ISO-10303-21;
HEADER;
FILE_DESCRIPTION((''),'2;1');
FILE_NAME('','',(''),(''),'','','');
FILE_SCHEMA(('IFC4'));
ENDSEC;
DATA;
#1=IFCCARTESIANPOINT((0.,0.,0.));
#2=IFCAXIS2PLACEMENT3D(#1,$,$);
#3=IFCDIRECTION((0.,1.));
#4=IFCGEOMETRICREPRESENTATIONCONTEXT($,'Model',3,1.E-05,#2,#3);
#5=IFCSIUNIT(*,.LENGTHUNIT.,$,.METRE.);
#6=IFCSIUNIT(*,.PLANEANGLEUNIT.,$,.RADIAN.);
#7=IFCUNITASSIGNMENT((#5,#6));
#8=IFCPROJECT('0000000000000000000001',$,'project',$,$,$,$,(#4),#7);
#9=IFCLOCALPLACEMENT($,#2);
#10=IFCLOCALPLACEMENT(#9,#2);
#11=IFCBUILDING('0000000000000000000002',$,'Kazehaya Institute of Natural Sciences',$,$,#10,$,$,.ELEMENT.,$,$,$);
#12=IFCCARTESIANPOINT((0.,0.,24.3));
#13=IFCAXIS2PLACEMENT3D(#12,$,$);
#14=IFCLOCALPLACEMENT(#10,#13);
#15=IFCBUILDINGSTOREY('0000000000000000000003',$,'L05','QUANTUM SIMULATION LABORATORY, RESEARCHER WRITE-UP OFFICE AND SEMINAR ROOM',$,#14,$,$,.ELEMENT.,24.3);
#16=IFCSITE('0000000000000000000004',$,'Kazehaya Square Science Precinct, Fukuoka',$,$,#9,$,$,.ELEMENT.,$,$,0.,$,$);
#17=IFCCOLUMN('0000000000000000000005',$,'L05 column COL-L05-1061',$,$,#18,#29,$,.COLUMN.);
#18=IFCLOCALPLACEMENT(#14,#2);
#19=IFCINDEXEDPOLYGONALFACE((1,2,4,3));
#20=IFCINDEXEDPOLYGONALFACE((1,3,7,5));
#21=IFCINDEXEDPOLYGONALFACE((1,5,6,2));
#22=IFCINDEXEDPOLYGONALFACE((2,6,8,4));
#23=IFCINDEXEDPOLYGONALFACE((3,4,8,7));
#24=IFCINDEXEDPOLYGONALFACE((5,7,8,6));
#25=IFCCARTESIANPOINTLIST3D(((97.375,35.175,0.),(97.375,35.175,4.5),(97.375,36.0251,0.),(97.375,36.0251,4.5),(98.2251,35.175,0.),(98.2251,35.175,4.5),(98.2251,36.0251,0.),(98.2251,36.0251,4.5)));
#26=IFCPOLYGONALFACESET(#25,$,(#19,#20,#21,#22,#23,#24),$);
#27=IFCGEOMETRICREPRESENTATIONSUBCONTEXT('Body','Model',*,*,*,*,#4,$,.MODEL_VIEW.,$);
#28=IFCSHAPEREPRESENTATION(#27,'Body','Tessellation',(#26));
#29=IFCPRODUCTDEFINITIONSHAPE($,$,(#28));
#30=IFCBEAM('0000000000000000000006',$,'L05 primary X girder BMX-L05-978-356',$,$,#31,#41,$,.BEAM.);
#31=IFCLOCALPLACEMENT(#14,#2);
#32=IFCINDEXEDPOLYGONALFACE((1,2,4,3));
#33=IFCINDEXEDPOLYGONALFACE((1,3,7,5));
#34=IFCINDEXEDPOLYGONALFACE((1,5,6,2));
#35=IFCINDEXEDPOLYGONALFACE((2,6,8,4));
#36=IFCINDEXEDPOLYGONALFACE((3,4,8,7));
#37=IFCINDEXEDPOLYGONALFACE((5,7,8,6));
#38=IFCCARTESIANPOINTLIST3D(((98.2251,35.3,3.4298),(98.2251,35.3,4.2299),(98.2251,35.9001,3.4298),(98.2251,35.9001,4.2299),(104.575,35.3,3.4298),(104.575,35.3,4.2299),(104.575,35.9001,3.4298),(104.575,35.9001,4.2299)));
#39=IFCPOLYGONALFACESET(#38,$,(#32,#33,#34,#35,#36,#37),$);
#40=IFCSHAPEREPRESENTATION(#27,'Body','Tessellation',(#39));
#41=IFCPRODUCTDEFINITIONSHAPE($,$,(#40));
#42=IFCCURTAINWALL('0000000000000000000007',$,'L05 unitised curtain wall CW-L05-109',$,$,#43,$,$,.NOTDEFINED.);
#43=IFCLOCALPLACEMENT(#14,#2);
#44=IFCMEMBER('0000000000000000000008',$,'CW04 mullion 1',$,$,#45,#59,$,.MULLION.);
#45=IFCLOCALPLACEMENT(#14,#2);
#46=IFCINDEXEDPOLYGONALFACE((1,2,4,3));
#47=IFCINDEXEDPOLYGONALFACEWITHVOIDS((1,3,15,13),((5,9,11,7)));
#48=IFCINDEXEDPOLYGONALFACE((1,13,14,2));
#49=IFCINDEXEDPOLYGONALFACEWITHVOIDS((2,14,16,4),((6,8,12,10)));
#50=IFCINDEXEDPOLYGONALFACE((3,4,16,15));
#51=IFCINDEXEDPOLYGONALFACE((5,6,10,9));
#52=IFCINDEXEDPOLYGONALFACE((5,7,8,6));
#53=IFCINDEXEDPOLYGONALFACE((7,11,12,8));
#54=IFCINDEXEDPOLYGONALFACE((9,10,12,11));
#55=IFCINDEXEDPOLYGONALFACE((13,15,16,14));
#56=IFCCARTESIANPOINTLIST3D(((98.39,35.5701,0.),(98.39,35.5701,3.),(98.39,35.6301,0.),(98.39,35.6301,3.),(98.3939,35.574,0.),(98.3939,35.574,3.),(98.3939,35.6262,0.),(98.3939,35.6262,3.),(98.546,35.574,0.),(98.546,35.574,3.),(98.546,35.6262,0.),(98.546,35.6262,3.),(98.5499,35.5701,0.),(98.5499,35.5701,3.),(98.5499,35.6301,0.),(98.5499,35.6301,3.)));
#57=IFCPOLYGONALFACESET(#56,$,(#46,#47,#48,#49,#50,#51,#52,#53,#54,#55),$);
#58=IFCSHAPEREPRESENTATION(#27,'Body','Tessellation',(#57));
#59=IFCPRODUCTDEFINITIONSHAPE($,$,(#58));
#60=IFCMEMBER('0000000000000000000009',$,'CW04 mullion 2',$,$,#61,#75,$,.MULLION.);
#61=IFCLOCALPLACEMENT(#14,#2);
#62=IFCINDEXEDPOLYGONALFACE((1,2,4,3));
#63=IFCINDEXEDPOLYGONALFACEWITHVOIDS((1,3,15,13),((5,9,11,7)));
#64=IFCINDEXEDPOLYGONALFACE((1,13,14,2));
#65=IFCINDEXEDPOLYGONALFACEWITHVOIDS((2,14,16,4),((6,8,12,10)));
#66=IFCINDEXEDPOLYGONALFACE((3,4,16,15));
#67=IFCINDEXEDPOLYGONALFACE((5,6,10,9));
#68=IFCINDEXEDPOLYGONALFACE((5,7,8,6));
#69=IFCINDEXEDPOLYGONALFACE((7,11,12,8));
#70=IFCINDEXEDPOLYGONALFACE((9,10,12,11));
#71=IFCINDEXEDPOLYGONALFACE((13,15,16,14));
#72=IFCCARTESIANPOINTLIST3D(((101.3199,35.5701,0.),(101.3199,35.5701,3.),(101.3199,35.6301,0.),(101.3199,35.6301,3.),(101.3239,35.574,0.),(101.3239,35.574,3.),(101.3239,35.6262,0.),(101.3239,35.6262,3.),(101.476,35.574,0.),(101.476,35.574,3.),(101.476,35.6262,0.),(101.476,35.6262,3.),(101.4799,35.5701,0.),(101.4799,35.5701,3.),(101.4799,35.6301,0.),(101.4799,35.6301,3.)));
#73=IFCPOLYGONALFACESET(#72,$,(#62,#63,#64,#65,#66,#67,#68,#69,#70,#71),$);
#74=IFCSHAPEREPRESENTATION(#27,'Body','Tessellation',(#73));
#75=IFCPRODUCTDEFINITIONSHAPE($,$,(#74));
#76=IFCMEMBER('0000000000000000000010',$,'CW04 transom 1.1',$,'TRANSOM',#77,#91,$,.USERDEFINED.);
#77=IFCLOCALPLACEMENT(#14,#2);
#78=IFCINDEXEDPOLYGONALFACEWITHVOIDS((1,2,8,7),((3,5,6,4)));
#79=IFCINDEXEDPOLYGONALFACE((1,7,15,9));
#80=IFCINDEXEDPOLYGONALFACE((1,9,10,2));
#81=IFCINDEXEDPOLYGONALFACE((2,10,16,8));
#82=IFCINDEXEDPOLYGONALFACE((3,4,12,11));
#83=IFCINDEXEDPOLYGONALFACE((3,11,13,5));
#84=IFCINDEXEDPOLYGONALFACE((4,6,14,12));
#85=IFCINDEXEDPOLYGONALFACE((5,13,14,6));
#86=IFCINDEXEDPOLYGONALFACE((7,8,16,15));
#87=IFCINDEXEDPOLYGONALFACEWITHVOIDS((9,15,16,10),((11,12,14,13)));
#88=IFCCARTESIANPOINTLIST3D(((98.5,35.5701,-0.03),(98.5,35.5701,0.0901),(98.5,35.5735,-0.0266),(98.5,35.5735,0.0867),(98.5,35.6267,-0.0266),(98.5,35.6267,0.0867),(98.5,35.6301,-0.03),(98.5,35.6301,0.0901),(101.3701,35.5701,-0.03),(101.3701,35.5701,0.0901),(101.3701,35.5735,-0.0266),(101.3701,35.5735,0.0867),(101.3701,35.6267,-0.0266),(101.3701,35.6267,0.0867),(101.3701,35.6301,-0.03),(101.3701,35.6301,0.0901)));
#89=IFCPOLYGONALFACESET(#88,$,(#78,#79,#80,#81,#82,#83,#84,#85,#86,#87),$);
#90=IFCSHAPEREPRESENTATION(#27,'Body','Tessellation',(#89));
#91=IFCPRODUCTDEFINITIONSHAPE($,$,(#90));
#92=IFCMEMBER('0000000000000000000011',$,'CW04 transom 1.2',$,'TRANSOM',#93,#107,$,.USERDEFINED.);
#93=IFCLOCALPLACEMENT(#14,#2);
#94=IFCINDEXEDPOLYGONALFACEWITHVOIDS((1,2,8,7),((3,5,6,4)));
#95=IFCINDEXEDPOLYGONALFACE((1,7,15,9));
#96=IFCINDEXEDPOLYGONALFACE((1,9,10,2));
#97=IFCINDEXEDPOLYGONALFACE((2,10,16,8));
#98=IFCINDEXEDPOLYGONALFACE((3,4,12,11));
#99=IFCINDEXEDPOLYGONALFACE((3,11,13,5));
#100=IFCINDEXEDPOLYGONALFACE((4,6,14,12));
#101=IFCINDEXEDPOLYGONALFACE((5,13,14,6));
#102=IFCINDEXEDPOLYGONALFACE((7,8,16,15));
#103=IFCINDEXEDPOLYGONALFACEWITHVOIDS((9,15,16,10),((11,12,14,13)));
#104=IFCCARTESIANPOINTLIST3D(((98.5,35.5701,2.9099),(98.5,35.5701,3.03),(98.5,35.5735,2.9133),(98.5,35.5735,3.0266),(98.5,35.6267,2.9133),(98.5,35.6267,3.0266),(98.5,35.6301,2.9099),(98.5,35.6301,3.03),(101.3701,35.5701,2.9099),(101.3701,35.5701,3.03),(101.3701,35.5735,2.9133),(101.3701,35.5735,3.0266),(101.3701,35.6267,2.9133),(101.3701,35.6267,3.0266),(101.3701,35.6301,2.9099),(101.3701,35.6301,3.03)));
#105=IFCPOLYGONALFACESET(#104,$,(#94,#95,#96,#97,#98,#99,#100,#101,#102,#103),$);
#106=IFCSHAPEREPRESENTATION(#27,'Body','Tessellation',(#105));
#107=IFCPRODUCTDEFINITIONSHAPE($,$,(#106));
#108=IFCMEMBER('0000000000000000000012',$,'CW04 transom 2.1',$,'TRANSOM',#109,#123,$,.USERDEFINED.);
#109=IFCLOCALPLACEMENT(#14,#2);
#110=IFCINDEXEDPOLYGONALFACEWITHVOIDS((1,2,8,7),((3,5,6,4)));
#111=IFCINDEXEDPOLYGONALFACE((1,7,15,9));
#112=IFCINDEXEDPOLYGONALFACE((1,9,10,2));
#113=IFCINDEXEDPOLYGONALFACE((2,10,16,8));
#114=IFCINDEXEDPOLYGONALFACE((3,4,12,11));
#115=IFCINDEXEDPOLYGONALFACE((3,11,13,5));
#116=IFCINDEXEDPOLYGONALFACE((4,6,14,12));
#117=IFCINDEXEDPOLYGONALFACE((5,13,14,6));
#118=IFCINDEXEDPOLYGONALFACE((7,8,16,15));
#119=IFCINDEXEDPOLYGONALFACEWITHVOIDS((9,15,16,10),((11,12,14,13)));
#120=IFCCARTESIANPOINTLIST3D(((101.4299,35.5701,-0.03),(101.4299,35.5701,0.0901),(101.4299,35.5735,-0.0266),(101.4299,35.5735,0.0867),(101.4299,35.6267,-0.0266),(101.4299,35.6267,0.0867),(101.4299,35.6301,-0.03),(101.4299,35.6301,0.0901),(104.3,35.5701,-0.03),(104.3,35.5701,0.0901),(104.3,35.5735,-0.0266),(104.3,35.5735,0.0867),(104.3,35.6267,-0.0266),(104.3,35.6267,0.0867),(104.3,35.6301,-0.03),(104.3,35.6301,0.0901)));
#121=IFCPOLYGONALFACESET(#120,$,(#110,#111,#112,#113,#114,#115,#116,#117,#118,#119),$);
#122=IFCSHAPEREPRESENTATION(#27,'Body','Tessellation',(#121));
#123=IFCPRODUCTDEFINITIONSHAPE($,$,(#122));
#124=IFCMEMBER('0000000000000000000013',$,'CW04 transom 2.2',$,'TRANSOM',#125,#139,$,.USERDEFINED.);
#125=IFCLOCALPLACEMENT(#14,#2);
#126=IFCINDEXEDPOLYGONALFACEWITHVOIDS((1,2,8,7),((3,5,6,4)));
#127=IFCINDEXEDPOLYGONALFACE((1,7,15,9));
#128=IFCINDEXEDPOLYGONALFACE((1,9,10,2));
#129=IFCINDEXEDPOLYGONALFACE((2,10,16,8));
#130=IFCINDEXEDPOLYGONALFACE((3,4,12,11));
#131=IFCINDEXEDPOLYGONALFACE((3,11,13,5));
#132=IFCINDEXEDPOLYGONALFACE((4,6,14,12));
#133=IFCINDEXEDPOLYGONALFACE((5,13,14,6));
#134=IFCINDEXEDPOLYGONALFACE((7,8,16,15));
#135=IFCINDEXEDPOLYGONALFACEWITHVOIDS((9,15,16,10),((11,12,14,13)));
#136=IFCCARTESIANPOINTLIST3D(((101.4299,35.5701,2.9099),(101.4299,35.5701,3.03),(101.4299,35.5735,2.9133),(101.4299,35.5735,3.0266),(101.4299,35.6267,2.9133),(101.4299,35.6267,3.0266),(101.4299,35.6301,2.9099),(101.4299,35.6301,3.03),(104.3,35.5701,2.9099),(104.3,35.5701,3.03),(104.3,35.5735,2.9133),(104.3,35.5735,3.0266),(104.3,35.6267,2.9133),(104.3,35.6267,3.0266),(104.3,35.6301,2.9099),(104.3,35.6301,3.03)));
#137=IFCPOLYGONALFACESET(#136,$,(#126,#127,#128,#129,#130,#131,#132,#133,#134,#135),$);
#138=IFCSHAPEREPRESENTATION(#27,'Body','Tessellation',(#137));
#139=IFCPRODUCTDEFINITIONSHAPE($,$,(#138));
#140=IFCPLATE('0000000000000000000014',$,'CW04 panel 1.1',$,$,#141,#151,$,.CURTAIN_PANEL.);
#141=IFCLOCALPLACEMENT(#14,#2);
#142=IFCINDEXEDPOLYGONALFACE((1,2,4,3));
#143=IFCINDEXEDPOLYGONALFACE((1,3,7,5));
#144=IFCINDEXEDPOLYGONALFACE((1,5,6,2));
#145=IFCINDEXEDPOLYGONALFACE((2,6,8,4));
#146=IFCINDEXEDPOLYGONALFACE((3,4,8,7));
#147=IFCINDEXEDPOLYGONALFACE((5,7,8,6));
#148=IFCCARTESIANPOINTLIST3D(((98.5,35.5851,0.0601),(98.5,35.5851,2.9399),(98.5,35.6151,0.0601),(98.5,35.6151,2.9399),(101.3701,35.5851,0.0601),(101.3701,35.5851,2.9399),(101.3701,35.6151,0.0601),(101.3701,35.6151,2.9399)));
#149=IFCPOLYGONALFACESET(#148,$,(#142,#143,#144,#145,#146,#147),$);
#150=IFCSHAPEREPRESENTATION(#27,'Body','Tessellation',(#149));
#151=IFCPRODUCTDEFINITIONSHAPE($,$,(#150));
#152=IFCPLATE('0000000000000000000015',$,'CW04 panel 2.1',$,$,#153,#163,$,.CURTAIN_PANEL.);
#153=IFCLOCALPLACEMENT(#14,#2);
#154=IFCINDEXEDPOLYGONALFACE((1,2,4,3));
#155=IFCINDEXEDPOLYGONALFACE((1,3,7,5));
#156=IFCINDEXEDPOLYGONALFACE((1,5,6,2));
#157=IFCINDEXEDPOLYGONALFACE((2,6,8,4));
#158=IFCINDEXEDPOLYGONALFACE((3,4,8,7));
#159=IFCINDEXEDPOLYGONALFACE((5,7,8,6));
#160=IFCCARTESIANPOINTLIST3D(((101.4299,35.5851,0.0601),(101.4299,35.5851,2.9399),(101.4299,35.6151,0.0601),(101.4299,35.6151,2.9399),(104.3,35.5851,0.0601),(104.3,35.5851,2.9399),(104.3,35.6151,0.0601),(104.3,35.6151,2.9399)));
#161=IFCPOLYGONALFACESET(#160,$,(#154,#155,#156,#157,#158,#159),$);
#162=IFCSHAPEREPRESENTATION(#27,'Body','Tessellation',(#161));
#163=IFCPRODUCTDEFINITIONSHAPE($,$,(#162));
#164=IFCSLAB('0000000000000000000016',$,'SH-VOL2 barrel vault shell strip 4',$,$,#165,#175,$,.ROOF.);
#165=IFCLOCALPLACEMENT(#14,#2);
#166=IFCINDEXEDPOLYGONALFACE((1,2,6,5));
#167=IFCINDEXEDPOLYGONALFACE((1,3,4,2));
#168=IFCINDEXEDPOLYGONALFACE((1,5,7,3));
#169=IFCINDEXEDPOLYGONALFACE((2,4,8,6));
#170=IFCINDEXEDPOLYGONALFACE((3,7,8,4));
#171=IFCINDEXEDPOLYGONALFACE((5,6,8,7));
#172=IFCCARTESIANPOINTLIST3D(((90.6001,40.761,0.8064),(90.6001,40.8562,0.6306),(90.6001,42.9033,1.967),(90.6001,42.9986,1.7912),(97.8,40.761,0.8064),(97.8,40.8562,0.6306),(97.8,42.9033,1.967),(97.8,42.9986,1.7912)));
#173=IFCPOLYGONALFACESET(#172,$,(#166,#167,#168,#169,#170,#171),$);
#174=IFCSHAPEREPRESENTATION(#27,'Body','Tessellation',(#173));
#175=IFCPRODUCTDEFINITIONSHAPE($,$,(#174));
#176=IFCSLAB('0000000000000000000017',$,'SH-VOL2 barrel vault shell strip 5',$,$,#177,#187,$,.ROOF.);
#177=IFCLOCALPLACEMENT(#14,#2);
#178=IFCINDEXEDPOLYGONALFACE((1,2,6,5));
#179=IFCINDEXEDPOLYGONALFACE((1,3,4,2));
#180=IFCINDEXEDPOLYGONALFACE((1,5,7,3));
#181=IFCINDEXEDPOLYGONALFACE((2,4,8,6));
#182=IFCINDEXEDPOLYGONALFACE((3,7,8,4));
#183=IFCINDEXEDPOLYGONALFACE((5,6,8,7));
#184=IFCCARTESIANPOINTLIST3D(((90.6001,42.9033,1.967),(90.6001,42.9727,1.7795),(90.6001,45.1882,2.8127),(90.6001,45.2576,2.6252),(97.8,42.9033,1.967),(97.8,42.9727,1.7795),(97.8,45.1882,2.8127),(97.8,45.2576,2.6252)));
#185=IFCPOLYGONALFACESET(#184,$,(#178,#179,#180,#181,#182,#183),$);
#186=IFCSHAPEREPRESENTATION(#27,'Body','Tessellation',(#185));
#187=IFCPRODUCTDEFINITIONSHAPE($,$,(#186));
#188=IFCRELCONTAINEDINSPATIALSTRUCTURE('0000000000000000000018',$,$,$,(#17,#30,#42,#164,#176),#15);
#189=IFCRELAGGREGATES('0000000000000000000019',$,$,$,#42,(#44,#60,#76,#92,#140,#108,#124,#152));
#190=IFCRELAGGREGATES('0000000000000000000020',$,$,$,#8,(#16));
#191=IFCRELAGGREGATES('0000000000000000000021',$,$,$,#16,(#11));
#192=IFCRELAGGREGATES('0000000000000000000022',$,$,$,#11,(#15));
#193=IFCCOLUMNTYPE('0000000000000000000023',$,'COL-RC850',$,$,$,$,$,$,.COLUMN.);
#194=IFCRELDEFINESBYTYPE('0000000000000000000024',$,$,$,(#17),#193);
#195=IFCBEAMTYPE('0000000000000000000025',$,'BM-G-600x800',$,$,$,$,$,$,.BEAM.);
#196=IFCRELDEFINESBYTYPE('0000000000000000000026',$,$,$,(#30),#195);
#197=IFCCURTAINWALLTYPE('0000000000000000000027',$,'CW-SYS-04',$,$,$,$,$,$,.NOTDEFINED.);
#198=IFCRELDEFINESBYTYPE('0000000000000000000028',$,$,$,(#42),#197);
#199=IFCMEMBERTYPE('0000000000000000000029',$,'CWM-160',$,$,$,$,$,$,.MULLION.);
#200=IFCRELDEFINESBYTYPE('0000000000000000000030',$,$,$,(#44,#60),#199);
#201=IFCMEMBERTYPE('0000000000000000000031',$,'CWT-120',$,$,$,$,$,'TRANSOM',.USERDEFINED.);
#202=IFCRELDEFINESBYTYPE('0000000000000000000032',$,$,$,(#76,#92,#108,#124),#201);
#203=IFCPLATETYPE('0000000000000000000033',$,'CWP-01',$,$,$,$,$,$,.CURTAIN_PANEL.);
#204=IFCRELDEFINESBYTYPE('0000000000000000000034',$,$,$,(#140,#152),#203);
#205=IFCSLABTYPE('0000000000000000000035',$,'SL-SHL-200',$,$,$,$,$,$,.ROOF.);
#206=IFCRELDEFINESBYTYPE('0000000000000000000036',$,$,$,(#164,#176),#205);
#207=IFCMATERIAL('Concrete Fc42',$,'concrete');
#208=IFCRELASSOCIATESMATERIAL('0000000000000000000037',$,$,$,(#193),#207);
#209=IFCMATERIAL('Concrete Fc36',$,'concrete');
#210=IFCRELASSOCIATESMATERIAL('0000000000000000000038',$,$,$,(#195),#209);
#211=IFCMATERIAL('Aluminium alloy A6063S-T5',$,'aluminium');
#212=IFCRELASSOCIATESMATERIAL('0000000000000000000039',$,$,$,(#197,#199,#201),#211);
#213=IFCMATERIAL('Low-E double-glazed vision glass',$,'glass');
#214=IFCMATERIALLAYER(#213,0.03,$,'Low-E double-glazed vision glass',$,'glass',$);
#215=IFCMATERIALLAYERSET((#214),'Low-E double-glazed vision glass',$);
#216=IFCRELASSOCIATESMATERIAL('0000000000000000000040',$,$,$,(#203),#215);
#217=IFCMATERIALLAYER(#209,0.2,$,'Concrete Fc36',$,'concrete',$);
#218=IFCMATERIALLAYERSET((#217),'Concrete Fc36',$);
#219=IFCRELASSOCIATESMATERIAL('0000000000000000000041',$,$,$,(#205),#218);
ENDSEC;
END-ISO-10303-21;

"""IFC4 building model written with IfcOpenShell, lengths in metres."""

from ifc_helpers import new_model, si_unit, direction, frame, origin, origin_2d, place, context, subcontext, project, spatial, polyline, rectangle, hollow_rectangle, outline, extrude, material, layer, layer_set, material_profile, profile_set, type_object, element, aggregate, save


model = new_model("IFC4")

# Units and contexts
model_context = context("Model", 3, precision=1e-05, world=origin(), true_north=direction((0.0, 1.0)))
body_context = subcontext(model_context, "Body", "Model", "MODEL_VIEW")
ifc_project = project(units=[si_unit("LENGTHUNIT", "METRE"), si_unit("PLANEANGLEUNIT", "RADIAN")], contexts=[model_context])

# Site, building, storey
site_placement = place(None, origin())
site = spatial("IfcSite", under=ifc_project, at=site_placement, Name="Kazehaya Square Science Precinct, Fukuoka", CompositionType="ELEMENT", RefElevation=0.0)
building_placement = place(site_placement, origin())
building = spatial("IfcBuilding", under=site, at=building_placement, Name="Kazehaya Institute of Natural Sciences", CompositionType="ELEMENT")
storey_placement = place(building_placement, frame((0.0, 0.0, 24.3)))
storey = spatial("IfcBuildingStorey", under=building, at=storey_placement, Name="L05", Description="QUANTUM SIMULATION LABORATORY, RESEARCHER WRITE-UP OFFICE AND SEMINAR ROOM", CompositionType="ELEMENT", Elevation=24.3)

# Column
ifc_material_1 = material(Name="Concrete Fc42", Category="concrete")
ifc_material_profile_1 = material_profile(ifc_material_1, rectangle(XDim=0.8501, YDim=0.8501, at=origin_2d()), Name="RC-850x850")
ifc_profile_set_1 = profile_set([ifc_material_profile_1], Name="Concrete Fc42")
column_type = type_object("IfcColumnType", Name="COL-RC850", PredefinedType="COLUMN", material=ifc_profile_set_1)
column_placement = place(storey_placement, frame((97.8, 35.6001, 0.0), z_axis=(0.0, 0.0, 1.0), x_axis=(1.0, 0.0, 0.0)))
element("IfcColumn", 1, at=column_placement, inside=storey, type_object=column_type, Name="L05 column COL-L05-1061", PredefinedType="COLUMN", context=body_context, shape_type="SweptSolid", body=[
    extrude(rectangle(XDim=0.8501, YDim=0.8501, at=origin_2d()), origin(), (0.0, 0.0, 1.0), 4.5),
])

# Beam
ifc_material_2 = material(Name="Concrete Fc36", Category="concrete")
ifc_material_profile_2 = material_profile(ifc_material_2, rectangle(XDim=0.6001, YDim=0.8, at=origin_2d()), Name="RC-600x800")
ifc_profile_set_2 = profile_set([ifc_material_profile_2], Name="Concrete Fc36")
beam_type = type_object("IfcBeamType", Name="BM-G-600x800", PredefinedType="BEAM", material=ifc_profile_set_2)
beam_placement = place(storey_placement, frame((98.2251, 35.6001, 3.8298), z_axis=(1.0, 0.0, 0.0), x_axis=(0.0, 1.0, 0.0)))
element("IfcBeam", 2, at=beam_placement, inside=storey, type_object=beam_type, Name="L05 primary X girder BMX-L05-978-356", PredefinedType="BEAM", context=body_context, shape_type="SweptSolid", body=[
    extrude(rectangle(XDim=0.6001, YDim=0.8, at=origin_2d()), origin(), (0.0, 0.0, 1.0), 6.3499),
])

# Curtain wall, members, plates
ifc_material_3 = material(Name="Aluminium alloy A6063S-T5", Category="aluminium")
curtain_wall_type = type_object("IfcCurtainWallType", Name="CW-SYS-04", PredefinedType="NOTDEFINED", material=ifc_material_3)
curtain_wall_placement = place(storey_placement, origin())
curtain_wall = element("IfcCurtainWall", 3, at=curtain_wall_placement, inside=storey, type_object=curtain_wall_type, Name="L05 unitised curtain wall CW-L05-109", PredefinedType="NOTDEFINED")
ifc_material_profile_3 = material_profile(ifc_material_3, hollow_rectangle(XDim=0.0601, YDim=0.1599, WallThickness=0.0039, at=origin_2d()), Name="ALU-60x160x4")
ifc_profile_set_3 = profile_set([ifc_material_profile_3], Name="Aluminium alloy A6063S-T5")
member_type_1 = type_object("IfcMemberType", Name="CWM-160", PredefinedType="MULLION", material=ifc_profile_set_3)
member_1_placement = place(storey_placement, frame((98.47, 35.6001, 0.0), z_axis=(0.0, 0.0, 1.0), x_axis=(0.0, 1.0, 0.0)))
member_1 = element("IfcMember", 4, at=member_1_placement, type_object=member_type_1, Name="CW04 mullion 1", PredefinedType="MULLION", context=body_context, shape_type="SweptSolid", body=[
    extrude(hollow_rectangle(XDim=0.0601, YDim=0.1599, WallThickness=0.0039, at=origin_2d()), origin(), (0.0, 0.0, 1.0), 3.0),
])
member_2_placement = place(storey_placement, frame((101.3999, 35.6001, 0.0), z_axis=(0.0, 0.0, 1.0), x_axis=(0.0, 1.0, 0.0)))
member_2 = element("IfcMember", 5, at=member_2_placement, type_object=member_type_1, Name="CW04 mullion 2", PredefinedType="MULLION", context=body_context, shape_type="SweptSolid", body=[
    extrude(hollow_rectangle(XDim=0.0601, YDim=0.1599, WallThickness=0.0039, at=origin_2d()), origin(), (0.0, 0.0, 1.0), 3.0),
])
ifc_material_profile_4 = material_profile(ifc_material_3, hollow_rectangle(XDim=0.0601, YDim=0.1201, WallThickness=0.0034, at=origin_2d()), Name="ALU-60x120x3.5")
ifc_profile_set_4 = profile_set([ifc_material_profile_4], Name="Aluminium alloy A6063S-T5")
member_type_2 = type_object("IfcMemberType", Name="CWT-120", ElementType="TRANSOM", PredefinedType="USERDEFINED", material=ifc_profile_set_4)
member_3_placement = place(storey_placement, frame((98.5, 35.6001, 0.03), z_axis=(1.0, 0.0, 0.0), x_axis=(0.0, 1.0, 0.0)))
member_3 = element("IfcMember", 6, at=member_3_placement, type_object=member_type_2, Name="CW04 transom 1.1", ObjectType="TRANSOM", PredefinedType="USERDEFINED", context=body_context, shape_type="SweptSolid", body=[
    extrude(hollow_rectangle(XDim=0.0601, YDim=0.1201, WallThickness=0.0034, at=origin_2d()), origin(), (0.0, 0.0, 1.0), 2.8701),
])
member_4_placement = place(storey_placement, frame((98.5, 35.6001, 2.97), z_axis=(1.0, 0.0, 0.0), x_axis=(0.0, 1.0, 0.0)))
member_4 = element("IfcMember", 7, at=member_4_placement, type_object=member_type_2, Name="CW04 transom 1.2", ObjectType="TRANSOM", PredefinedType="USERDEFINED", context=body_context, shape_type="SweptSolid", body=[
    extrude(hollow_rectangle(XDim=0.0601, YDim=0.1201, WallThickness=0.0034, at=origin_2d()), origin(), (0.0, 0.0, 1.0), 2.8701),
])
member_5_placement = place(storey_placement, frame((101.4299, 35.6001, 0.03), z_axis=(1.0, 0.0, 0.0), x_axis=(0.0, 1.0, 0.0)))
member_5 = element("IfcMember", 8, at=member_5_placement, type_object=member_type_2, Name="CW04 transom 2.1", ObjectType="TRANSOM", PredefinedType="USERDEFINED", context=body_context, shape_type="SweptSolid", body=[
    extrude(hollow_rectangle(XDim=0.0601, YDim=0.1201, WallThickness=0.0034, at=origin_2d()), origin(), (0.0, 0.0, 1.0), 2.8701),
])
member_6_placement = place(storey_placement, frame((101.4299, 35.6001, 2.97), z_axis=(1.0, 0.0, 0.0), x_axis=(0.0, 1.0, 0.0)))
member_6 = element("IfcMember", 9, at=member_6_placement, type_object=member_type_2, Name="CW04 transom 2.2", ObjectType="TRANSOM", PredefinedType="USERDEFINED", context=body_context, shape_type="SweptSolid", body=[
    extrude(hollow_rectangle(XDim=0.0601, YDim=0.1201, WallThickness=0.0034, at=origin_2d()), origin(), (0.0, 0.0, 1.0), 2.8701),
])
ifc_material_4 = material(Name="Low-E double-glazed vision glass", Category="glass")
ifc_layer_1 = layer(ifc_material_4, 0.03, Name="Low-E double-glazed vision glass", Category="glass")
ifc_layer_set_1 = layer_set([ifc_layer_1], Name="Low-E double-glazed vision glass")
plate_type = type_object("IfcPlateType", Name="CWP-01", PredefinedType="CURTAIN_PANEL", material=ifc_layer_set_1)
plate_1_placement = place(storey_placement, frame((99.9351, 35.6001, 0.0601), z_axis=(0.0, 0.0, 1.0), x_axis=(1.0, 0.0, 0.0)))
plate_1 = element("IfcPlate", 10, at=plate_1_placement, type_object=plate_type, Name="CW04 panel 1.1", PredefinedType="CURTAIN_PANEL", context=body_context, shape_type="SweptSolid", body=[
    extrude(rectangle(XDim=2.8701, YDim=0.03, at=origin_2d()), origin(), (0.0, 0.0, 1.0), 2.8799),
])
plate_2_placement = place(storey_placement, frame((102.865, 35.6001, 0.0601), z_axis=(0.0, 0.0, 1.0), x_axis=(1.0, 0.0, 0.0)))
plate_2 = element("IfcPlate", 11, at=plate_2_placement, type_object=plate_type, Name="CW04 panel 2.1", PredefinedType="CURTAIN_PANEL", context=body_context, shape_type="SweptSolid", body=[
    extrude(rectangle(XDim=2.8701, YDim=0.03, at=origin_2d()), origin(), (0.0, 0.0, 1.0), 2.8799),
])
aggregate(curtain_wall, [member_1, member_2, member_3, member_4, plate_1, member_5, member_6, plate_2])

# Slabs
ifc_layer_2 = layer(ifc_material_2, 0.2, Name="Concrete Fc36", Category="concrete")
ifc_layer_set_2 = layer_set([ifc_layer_2], Name="Concrete Fc36")
slab_type = type_object("IfcSlabType", Name="SL-SHL-200", PredefinedType="ROOF", material=ifc_layer_set_2)
slab_1_placement = place(storey_placement, frame((90.6001, 40.761, 0.8064), z_axis=(0.0, -0.476351, 0.879255), x_axis=(1.0, 0.0, 0.0)))
element("IfcSlab", 12, at=slab_1_placement, inside=storey, type_object=slab_type, Name="SH-VOL2 barrel vault shell strip 4", PredefinedType="ROOF", context=body_context, shape_type="SweptSolid", body=[
    extrude(outline(polyline([(0.0, 0.0), (7.2, 0.0), (7.2, 2.4365), (0.0, 2.4365), (0.0, 0.0)])), origin(), (0.0, 0.0, -1.0), 0.2),
])
slab_2_placement = place(storey_placement, frame((90.6001, 42.9033, 1.967), z_axis=(0.0, -0.347112, 0.937824), x_axis=(1.0, 0.0, 0.0)))
element("IfcSlab", 13, at=slab_2_placement, inside=storey, type_object=slab_type, Name="SH-VOL2 barrel vault shell strip 5", PredefinedType="ROOF", context=body_context, shape_type="SweptSolid", body=[
    extrude(outline(polyline([(0.0, 0.0), (7.2, 0.0), (7.2, 2.4364), (0.0, 2.4364), (0.0, 0.0)])), origin(), (0.0, 0.0, -1.0), 0.2),
])

save(model, "model.ifc")
